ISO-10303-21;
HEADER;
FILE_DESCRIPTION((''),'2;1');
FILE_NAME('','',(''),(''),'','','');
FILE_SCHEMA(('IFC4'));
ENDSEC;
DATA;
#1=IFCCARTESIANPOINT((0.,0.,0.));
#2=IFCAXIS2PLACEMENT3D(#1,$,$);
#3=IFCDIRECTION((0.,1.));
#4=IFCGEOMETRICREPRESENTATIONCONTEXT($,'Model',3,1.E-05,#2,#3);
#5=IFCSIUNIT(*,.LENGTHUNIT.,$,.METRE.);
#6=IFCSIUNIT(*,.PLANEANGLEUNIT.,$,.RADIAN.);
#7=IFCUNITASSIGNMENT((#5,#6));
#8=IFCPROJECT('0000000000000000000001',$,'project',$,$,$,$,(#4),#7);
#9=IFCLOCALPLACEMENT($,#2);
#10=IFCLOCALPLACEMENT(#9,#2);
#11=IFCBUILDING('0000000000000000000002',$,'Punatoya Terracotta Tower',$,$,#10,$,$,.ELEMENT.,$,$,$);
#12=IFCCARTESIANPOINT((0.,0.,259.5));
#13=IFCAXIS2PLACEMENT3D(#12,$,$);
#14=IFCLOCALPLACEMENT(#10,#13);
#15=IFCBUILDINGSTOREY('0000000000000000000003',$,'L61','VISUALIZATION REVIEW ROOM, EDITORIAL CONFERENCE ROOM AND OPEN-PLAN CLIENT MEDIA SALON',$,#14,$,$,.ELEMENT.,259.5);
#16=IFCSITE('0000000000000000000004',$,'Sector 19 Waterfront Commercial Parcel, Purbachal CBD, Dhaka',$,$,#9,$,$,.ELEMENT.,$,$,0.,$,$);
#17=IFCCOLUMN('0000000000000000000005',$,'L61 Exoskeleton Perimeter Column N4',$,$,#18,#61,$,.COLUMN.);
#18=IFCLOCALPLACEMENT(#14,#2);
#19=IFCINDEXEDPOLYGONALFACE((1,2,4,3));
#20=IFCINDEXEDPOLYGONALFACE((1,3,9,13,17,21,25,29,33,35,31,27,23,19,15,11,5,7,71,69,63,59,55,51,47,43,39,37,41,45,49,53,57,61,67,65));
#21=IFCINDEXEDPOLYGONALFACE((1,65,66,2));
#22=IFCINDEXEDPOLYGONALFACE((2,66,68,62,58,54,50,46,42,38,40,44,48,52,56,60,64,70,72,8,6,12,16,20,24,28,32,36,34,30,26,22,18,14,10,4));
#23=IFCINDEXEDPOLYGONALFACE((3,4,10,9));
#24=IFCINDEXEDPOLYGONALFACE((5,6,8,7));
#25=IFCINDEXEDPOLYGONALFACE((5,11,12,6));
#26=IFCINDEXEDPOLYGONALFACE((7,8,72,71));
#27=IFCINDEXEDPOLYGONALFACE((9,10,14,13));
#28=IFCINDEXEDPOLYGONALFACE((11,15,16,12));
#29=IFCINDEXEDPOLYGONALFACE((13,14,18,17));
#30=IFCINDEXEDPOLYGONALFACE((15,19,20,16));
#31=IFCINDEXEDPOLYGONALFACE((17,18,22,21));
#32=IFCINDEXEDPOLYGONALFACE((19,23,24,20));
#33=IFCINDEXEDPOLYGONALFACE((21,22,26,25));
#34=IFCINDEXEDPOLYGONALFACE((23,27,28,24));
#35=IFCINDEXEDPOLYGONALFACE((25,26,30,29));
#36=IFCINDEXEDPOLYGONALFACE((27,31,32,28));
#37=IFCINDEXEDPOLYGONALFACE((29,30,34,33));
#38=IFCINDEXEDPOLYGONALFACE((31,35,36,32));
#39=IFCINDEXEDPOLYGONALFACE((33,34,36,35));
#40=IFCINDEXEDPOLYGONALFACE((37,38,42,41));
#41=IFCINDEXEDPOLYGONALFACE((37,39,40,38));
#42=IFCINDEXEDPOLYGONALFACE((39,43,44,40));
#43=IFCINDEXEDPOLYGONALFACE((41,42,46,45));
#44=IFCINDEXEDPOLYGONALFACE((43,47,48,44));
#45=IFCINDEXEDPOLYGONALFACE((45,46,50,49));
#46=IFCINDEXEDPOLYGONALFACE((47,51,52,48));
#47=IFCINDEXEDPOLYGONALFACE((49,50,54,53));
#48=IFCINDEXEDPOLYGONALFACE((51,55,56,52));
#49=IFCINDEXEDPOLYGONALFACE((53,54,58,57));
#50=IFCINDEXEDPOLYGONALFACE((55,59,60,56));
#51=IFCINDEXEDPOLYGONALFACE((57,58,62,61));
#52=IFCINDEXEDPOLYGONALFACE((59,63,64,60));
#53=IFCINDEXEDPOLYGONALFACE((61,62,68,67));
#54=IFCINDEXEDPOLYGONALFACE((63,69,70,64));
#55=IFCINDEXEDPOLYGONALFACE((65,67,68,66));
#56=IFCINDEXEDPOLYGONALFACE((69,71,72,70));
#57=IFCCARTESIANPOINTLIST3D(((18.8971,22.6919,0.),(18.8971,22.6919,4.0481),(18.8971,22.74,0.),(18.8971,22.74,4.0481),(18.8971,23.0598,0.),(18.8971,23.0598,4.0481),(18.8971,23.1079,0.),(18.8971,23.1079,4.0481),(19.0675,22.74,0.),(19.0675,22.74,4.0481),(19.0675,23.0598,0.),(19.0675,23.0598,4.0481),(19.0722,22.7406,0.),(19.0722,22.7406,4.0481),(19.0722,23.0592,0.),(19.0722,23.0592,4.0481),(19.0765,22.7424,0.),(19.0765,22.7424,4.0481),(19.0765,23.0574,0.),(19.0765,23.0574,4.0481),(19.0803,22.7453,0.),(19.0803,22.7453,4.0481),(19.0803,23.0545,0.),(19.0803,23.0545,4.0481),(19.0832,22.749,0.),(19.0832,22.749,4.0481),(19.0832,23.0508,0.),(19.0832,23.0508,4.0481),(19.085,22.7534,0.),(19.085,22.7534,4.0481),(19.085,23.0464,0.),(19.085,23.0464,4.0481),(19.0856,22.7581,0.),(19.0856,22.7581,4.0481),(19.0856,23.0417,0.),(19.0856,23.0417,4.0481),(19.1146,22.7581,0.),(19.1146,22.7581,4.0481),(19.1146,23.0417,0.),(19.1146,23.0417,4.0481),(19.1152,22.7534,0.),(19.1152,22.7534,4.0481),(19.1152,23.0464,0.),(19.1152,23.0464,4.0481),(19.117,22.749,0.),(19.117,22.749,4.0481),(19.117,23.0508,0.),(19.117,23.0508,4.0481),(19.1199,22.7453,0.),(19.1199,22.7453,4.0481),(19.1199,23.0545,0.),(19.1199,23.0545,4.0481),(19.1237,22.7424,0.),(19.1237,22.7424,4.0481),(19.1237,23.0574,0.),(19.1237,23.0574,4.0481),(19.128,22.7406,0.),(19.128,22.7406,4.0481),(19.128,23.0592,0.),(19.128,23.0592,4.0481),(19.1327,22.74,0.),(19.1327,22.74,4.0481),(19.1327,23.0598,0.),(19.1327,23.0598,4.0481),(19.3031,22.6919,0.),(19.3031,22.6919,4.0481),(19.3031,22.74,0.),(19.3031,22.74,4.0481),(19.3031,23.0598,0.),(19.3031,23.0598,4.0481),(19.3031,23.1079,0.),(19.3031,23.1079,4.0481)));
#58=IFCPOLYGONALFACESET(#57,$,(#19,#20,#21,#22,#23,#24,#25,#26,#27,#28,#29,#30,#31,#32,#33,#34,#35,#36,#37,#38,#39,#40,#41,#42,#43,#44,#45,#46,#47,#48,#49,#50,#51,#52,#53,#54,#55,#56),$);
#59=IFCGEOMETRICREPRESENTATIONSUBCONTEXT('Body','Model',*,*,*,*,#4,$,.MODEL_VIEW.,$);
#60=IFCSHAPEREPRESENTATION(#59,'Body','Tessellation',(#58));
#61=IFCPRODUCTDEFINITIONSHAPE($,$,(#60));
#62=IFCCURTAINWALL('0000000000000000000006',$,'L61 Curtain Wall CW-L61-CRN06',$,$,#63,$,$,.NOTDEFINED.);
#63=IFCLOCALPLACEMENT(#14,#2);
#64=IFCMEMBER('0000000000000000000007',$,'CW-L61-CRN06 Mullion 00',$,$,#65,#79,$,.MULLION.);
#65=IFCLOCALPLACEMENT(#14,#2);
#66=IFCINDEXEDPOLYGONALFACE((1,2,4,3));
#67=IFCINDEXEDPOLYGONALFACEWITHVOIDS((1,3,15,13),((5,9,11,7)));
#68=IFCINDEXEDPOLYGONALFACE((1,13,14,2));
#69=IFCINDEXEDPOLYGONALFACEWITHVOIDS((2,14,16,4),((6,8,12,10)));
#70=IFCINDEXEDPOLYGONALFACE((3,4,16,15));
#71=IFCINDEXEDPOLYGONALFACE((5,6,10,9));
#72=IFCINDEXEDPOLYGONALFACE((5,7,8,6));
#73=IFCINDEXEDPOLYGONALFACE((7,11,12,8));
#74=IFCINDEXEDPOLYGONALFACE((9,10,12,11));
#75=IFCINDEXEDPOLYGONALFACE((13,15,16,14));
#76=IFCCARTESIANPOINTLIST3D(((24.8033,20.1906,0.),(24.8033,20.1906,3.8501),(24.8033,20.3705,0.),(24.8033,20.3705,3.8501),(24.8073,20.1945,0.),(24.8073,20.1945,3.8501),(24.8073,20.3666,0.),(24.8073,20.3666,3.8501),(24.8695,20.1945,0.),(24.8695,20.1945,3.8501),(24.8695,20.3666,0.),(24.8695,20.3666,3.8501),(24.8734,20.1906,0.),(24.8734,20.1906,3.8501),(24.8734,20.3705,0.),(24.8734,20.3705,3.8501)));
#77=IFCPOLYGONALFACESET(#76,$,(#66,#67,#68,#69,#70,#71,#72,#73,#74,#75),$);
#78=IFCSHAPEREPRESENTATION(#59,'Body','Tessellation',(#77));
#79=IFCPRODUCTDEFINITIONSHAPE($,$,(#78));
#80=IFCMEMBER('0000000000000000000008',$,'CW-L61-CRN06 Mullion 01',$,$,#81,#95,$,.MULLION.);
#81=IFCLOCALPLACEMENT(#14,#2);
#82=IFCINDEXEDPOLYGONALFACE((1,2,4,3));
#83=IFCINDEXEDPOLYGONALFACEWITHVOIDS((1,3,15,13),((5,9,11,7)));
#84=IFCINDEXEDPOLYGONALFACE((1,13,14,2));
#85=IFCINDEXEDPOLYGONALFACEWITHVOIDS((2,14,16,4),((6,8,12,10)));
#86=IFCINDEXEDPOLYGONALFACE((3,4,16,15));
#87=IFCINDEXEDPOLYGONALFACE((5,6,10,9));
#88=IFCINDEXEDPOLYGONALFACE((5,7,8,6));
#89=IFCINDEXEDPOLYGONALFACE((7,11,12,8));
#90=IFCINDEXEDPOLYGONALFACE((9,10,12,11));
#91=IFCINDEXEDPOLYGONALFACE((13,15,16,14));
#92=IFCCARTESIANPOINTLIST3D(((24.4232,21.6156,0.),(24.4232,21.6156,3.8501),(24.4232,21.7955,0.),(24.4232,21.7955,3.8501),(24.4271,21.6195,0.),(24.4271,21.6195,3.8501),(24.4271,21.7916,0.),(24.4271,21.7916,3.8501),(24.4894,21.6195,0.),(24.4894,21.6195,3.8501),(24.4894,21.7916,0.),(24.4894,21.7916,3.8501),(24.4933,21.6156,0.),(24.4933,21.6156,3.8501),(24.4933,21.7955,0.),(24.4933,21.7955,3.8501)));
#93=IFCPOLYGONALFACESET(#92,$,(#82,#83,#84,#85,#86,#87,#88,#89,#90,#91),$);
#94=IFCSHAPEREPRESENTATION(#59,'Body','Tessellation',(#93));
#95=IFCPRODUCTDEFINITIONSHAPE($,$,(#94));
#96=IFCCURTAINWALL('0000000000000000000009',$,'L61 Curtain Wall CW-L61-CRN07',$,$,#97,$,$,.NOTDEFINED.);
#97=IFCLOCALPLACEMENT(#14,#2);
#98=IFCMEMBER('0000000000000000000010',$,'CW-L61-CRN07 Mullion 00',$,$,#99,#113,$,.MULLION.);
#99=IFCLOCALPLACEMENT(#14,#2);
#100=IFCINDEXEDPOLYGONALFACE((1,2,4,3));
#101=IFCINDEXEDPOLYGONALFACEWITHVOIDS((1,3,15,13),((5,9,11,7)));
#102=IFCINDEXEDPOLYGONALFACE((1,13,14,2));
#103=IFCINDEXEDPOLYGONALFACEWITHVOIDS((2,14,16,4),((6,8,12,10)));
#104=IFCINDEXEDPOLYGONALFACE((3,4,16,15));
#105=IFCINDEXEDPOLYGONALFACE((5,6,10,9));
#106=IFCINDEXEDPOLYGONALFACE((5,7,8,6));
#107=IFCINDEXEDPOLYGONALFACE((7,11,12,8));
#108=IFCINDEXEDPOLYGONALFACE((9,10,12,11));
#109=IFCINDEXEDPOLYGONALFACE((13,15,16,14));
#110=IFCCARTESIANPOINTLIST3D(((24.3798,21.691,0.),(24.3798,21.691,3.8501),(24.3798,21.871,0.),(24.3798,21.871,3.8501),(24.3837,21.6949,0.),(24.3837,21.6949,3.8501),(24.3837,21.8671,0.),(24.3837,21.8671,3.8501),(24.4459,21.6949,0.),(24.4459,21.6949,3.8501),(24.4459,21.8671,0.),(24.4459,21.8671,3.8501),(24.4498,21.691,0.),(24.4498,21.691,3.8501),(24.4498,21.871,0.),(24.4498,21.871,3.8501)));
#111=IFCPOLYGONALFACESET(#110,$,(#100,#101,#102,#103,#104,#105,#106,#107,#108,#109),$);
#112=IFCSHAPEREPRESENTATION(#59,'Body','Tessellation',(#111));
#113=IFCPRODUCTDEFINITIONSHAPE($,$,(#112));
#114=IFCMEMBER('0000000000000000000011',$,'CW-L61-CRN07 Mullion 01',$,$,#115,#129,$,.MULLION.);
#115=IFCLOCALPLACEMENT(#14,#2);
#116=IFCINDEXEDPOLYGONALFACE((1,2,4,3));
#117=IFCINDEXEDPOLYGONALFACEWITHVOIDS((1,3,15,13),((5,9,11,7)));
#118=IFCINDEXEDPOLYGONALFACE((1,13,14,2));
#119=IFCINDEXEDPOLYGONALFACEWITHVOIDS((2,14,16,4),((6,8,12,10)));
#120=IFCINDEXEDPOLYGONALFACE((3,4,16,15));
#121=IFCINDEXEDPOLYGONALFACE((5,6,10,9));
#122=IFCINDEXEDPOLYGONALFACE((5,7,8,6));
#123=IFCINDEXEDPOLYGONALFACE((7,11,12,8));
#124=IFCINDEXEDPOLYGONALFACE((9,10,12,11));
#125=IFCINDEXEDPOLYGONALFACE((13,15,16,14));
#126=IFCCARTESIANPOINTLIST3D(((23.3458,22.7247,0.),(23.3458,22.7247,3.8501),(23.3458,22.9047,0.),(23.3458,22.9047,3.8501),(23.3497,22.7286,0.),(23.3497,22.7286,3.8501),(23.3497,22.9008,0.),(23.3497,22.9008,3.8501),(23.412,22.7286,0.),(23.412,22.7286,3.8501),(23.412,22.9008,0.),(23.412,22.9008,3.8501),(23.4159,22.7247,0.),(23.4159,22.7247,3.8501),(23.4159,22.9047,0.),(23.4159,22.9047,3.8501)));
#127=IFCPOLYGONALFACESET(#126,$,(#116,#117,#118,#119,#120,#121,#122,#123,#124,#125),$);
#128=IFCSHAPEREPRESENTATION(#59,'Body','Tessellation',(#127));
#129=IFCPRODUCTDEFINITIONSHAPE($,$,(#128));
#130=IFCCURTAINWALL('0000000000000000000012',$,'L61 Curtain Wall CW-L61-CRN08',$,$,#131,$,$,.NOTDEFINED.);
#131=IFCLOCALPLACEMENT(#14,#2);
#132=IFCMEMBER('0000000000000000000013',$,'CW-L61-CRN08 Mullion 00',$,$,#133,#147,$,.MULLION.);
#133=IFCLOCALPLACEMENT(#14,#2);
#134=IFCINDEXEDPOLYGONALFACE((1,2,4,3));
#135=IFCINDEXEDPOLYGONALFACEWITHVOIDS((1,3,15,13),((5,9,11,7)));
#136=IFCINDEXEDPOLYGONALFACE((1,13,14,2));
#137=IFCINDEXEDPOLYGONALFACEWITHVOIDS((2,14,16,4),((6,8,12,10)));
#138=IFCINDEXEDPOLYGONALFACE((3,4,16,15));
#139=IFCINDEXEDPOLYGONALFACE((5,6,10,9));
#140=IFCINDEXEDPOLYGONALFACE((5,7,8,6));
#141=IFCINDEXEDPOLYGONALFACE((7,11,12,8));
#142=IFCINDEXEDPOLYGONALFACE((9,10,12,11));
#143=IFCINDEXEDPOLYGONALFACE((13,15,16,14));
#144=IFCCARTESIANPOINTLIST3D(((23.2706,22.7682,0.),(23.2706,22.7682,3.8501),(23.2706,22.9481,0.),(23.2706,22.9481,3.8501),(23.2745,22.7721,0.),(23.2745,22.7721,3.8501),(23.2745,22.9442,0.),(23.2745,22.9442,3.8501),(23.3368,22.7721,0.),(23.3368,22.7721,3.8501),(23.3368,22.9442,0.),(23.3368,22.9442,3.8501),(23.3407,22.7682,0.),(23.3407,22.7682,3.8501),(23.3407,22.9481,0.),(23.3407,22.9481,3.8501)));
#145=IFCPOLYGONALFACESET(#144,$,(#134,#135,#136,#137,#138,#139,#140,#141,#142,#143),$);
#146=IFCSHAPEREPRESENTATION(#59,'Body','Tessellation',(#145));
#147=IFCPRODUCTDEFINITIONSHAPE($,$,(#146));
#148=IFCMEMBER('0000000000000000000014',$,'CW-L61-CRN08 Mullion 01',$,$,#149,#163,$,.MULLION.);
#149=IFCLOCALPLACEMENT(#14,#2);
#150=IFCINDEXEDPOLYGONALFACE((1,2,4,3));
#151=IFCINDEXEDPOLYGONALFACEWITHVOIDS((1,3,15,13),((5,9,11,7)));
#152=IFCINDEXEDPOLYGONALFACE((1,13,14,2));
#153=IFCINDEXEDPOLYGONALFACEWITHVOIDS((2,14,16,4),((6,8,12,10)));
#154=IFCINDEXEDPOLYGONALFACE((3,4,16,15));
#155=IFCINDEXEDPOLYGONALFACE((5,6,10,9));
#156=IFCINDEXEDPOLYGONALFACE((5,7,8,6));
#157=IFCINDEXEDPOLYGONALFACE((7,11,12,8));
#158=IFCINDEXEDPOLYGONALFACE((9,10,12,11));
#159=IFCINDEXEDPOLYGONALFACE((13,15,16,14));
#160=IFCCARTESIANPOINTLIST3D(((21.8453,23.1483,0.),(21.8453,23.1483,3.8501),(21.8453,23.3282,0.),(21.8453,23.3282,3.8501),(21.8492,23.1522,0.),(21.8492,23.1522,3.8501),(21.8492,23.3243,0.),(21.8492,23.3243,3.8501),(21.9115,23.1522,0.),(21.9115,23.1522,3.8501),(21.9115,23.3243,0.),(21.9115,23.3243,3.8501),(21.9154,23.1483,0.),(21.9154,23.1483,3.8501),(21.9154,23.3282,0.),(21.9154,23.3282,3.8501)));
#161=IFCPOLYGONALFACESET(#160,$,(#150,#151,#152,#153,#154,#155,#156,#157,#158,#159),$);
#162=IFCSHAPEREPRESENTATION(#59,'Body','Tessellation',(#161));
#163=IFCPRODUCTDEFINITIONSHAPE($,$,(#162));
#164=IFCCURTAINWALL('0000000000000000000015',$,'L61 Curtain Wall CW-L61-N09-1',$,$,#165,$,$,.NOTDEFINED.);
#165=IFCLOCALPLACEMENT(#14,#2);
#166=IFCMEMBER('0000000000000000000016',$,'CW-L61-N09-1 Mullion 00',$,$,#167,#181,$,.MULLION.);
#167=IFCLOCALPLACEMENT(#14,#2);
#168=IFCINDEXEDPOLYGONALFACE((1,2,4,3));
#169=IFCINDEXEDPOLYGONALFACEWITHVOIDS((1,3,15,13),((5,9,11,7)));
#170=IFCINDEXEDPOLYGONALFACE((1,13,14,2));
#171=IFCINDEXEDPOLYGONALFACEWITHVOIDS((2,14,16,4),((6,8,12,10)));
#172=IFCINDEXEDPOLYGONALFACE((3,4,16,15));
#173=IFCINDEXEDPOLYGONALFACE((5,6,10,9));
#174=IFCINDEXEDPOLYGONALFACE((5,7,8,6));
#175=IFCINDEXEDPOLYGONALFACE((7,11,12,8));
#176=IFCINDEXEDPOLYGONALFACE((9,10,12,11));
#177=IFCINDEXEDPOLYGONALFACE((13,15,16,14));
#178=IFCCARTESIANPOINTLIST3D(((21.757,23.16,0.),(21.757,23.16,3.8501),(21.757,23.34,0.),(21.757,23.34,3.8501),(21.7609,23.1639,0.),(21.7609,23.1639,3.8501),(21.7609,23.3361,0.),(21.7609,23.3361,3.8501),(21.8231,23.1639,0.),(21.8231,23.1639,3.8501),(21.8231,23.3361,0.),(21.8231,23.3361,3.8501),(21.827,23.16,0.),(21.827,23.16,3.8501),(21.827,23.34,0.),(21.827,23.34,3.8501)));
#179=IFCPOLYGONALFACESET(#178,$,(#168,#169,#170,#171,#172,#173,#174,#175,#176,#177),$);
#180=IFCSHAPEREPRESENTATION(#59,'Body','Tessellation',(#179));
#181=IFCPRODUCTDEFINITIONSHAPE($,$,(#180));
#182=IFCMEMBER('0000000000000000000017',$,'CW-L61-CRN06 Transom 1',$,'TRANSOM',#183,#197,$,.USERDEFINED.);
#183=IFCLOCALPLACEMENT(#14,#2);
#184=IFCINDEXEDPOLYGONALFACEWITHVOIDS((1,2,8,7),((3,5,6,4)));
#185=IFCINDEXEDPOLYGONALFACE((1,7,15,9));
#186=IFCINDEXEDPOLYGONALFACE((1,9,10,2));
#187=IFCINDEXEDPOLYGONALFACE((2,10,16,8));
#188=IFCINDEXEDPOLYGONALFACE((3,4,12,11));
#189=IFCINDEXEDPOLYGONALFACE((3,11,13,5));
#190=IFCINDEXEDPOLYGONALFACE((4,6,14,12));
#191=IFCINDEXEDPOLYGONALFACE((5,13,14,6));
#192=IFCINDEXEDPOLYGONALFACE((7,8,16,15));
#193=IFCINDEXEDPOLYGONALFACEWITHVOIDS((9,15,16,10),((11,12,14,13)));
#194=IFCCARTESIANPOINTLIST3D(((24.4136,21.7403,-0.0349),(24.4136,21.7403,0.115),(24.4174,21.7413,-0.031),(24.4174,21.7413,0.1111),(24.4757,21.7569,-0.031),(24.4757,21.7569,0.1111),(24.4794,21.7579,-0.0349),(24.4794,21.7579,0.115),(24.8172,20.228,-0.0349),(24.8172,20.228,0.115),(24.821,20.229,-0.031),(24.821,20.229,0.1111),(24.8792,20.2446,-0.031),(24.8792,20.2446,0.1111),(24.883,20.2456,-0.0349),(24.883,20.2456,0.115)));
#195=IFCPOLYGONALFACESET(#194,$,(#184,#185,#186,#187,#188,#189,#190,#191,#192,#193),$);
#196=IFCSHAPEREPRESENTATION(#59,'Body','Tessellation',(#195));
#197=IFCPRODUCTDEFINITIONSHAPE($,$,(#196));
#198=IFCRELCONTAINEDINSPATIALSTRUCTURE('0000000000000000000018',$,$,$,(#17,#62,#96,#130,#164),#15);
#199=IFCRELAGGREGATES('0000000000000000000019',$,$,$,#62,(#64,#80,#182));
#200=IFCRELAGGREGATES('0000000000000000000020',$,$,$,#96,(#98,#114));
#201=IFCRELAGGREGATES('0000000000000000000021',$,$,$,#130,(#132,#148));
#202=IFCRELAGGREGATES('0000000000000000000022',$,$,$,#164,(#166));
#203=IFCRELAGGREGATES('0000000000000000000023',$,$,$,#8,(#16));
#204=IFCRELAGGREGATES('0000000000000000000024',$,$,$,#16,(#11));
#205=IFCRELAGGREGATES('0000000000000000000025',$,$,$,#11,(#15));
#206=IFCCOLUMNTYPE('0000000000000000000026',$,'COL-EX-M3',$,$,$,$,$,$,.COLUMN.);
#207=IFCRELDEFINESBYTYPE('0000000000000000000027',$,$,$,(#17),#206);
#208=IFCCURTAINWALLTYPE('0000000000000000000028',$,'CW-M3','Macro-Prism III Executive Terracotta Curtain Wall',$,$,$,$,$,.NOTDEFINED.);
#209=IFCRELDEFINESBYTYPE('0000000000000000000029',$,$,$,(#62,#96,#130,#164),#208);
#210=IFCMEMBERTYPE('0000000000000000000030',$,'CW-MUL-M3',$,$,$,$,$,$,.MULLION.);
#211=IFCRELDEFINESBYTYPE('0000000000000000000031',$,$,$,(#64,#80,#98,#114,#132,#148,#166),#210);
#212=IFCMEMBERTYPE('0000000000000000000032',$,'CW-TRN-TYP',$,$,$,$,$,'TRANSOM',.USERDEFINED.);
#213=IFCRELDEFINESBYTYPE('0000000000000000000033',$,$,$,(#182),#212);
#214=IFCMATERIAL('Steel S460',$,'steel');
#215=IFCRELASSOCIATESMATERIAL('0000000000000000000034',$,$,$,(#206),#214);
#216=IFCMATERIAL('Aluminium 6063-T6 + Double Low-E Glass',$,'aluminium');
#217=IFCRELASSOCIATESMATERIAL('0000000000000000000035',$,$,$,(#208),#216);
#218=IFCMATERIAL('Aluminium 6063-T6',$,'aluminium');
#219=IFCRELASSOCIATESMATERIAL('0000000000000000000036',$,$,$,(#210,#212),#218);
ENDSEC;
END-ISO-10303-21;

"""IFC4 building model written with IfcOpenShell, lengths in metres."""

from ifc_helpers import new_model, si_unit, direction, frame, origin, origin_2d, place, context, subcontext, project, spatial, hollow_rectangle, i_section, extrude, material, material_profile, profile_set, type_object, element, aggregate, save


model = new_model("IFC4")

# Units and contexts
model_context = context("Model", 3, precision=1e-05, world=origin(), true_north=direction((0.0, 1.0)))
body_context = subcontext(model_context, "Body", "Model", "MODEL_VIEW")
ifc_project = project(units=[si_unit("LENGTHUNIT", "METRE"), si_unit("PLANEANGLEUNIT", "RADIAN")], contexts=[model_context])

# Site, building, storey
site_placement = place(None, origin())
site = spatial("IfcSite", under=ifc_project, at=site_placement, Name="Sector 19 Waterfront Commercial Parcel, Purbachal CBD, Dhaka", CompositionType="ELEMENT", RefElevation=0.0)
building_placement = place(site_placement, origin())
building = spatial("IfcBuilding", under=site, at=building_placement, Name="Punatoya Terracotta Tower", CompositionType="ELEMENT")
storey_placement = place(building_placement, frame((0.0, 0.0, 259.5)))
storey = spatial("IfcBuildingStorey", under=building, at=storey_placement, Name="L61", Description="VISUALIZATION REVIEW ROOM, EDITORIAL CONFERENCE ROOM AND OPEN-PLAN CLIENT MEDIA SALON", CompositionType="ELEMENT", Elevation=259.5)

# Column
ifc_material_1 = material(Name="Steel S460", Category="steel")
ifc_material_profile_1 = material_profile(ifc_material_1, i_section(OverallWidth=0.406, OverallDepth=0.416, WebThickness=0.0291, FlangeThickness=0.0481, FilletRadius=0.0181, at=origin_2d()))
ifc_profile_set_1 = profile_set([ifc_material_profile_1], Name="Steel S460")
column_type = type_object("IfcColumnType", Name="COL-EX-M3", PredefinedType="COLUMN", material=ifc_profile_set_1)
column_placement = place(storey_placement, frame((19.1001, 22.8999, 0.0), z_axis=(0.0, 0.0, 1.0), x_axis=(1.0, 0.0, 0.0)))
element("IfcColumn", 1, at=column_placement, inside=storey, type_object=column_type, Name="L61 Exoskeleton Perimeter Column N4", PredefinedType="COLUMN", context=body_context, shape_type="SweptSolid", body=[
    extrude(i_section(OverallWidth=0.406, OverallDepth=0.416, WebThickness=0.0291, FlangeThickness=0.0481, FilletRadius=0.0181, at=origin_2d()), origin(), (0.0, 0.0, 1.0), 4.0481),
])

# Curtain walls, members
ifc_material_2 = material(Name="Aluminium 6063-T6 + Double Low-E Glass", Category="aluminium")
curtain_wall_type = type_object("IfcCurtainWallType", Name="CW-M3", Description="Macro-Prism III Executive Terracotta Curtain Wall", PredefinedType="NOTDEFINED", material=ifc_material_2)
curtain_wall_1_placement = place(storey_placement, origin())
curtain_wall_1 = element("IfcCurtainWall", 2, at=curtain_wall_1_placement, inside=storey, type_object=curtain_wall_type, Name="L61 Curtain Wall CW-L61-CRN06", PredefinedType="NOTDEFINED")
ifc_material_3 = material(Name="Aluminium 6063-T6", Category="aluminium")
ifc_material_profile_2 = material_profile(ifc_material_3, hollow_rectangle(XDim=0.0701, YDim=0.1799, WallThickness=0.0039, at=origin_2d()))
ifc_profile_set_2 = profile_set([ifc_material_profile_2], Name="Aluminium 6063-T6")
member_type_1 = type_object("IfcMemberType", Name="CW-MUL-M3", PredefinedType="MULLION", material=ifc_profile_set_2)
member_1_placement = place(storey_placement, frame((24.8384, 20.2805, 0.0), z_axis=(0.0, 0.0, 1.0), x_axis=(1.0, 0.0, 0.0)))
member_1 = element("IfcMember", 3, at=member_1_placement, type_object=member_type_1, Name="CW-L61-CRN06 Mullion 00", PredefinedType="MULLION", context=body_context, shape_type="SweptSolid", body=[
    extrude(hollow_rectangle(XDim=0.0701, YDim=0.1799, WallThickness=0.0039, at=origin_2d()), origin(), (0.0, 0.0, 1.0), 3.8501),
])
member_2_placement = place(storey_placement, frame((24.4583, 21.7056, 0.0), z_axis=(0.0, 0.0, 1.0), x_axis=(1.0, 0.0, 0.0)))
member_2 = element("IfcMember", 4, at=member_2_placement, type_object=member_type_1, Name="CW-L61-CRN06 Mullion 01", PredefinedType="MULLION", context=body_context, shape_type="SweptSolid", body=[
    extrude(hollow_rectangle(XDim=0.0701, YDim=0.1799, WallThickness=0.0039, at=origin_2d()), origin(), (0.0, 0.0, 1.0), 3.8501),
])
curtain_wall_2_placement = place(storey_placement, origin())
curtain_wall_2 = element("IfcCurtainWall", 5, at=curtain_wall_2_placement, inside=storey, type_object=curtain_wall_type, Name="L61 Curtain Wall CW-L61-CRN07", PredefinedType="NOTDEFINED")
member_3_placement = place(storey_placement, frame((24.4148, 21.781, 0.0), z_axis=(0.0, 0.0, 1.0), x_axis=(1.0, 0.0, 0.0)))
member_3 = element("IfcMember", 6, at=member_3_placement, type_object=member_type_1, Name="CW-L61-CRN07 Mullion 00", PredefinedType="MULLION", context=body_context, shape_type="SweptSolid", body=[
    extrude(hollow_rectangle(XDim=0.0701, YDim=0.1799, WallThickness=0.0039, at=origin_2d()), origin(), (0.0, 0.0, 1.0), 3.8501),
])
member_4_placement = place(storey_placement, frame((23.3809, 22.8147, 0.0), z_axis=(0.0, 0.0, 1.0), x_axis=(1.0, 0.0, 0.0)))
member_4 = element("IfcMember", 7, at=member_4_placement, type_object=member_type_1, Name="CW-L61-CRN07 Mullion 01", PredefinedType="MULLION", context=body_context, shape_type="SweptSolid", body=[
    extrude(hollow_rectangle(XDim=0.0701, YDim=0.1799, WallThickness=0.0039, at=origin_2d()), origin(), (0.0, 0.0, 1.0), 3.8501),
])
curtain_wall_3_placement = place(storey_placement, origin())
curtain_wall_3 = element("IfcCurtainWall", 8, at=curtain_wall_3_placement, inside=storey, type_object=curtain_wall_type, Name="L61 Curtain Wall CW-L61-CRN08", PredefinedType="NOTDEFINED")
member_5_placement = place(storey_placement, frame((23.3057, 22.8582, 0.0), z_axis=(0.0, 0.0, 1.0), x_axis=(1.0, 0.0, 0.0)))
member_5 = element("IfcMember", 9, at=member_5_placement, type_object=member_type_1, Name="CW-L61-CRN08 Mullion 00", PredefinedType="MULLION", context=body_context, shape_type="SweptSolid", body=[
    extrude(hollow_rectangle(XDim=0.0701, YDim=0.1799, WallThickness=0.0039, at=origin_2d()), origin(), (0.0, 0.0, 1.0), 3.8501),
])
member_6_placement = place(storey_placement, frame((21.8804, 23.2383, 0.0), z_axis=(0.0, 0.0, 1.0), x_axis=(1.0, 0.0, 0.0)))
member_6 = element("IfcMember", 10, at=member_6_placement, type_object=member_type_1, Name="CW-L61-CRN08 Mullion 01", PredefinedType="MULLION", context=body_context, shape_type="SweptSolid", body=[
    extrude(hollow_rectangle(XDim=0.0701, YDim=0.1799, WallThickness=0.0039, at=origin_2d()), origin(), (0.0, 0.0, 1.0), 3.8501),
])

# Curtain wall, member
curtain_wall_4_placement = place(storey_placement, origin())
curtain_wall_4 = element("IfcCurtainWall", 11, at=curtain_wall_4_placement, inside=storey, type_object=curtain_wall_type, Name="L61 Curtain Wall CW-L61-N09-1", PredefinedType="NOTDEFINED")
member_7_placement = place(storey_placement, frame((21.792, 23.25, 0.0), z_axis=(0.0, 0.0, 1.0), x_axis=(1.0, 0.0, 0.0)))
member_7 = element("IfcMember", 12, at=member_7_placement, type_object=member_type_1, Name="CW-L61-N09-1 Mullion 00", PredefinedType="MULLION", context=body_context, shape_type="SweptSolid", body=[
    extrude(hollow_rectangle(XDim=0.0701, YDim=0.1799, WallThickness=0.0039, at=origin_2d()), origin(), (0.0, 0.0, 1.0), 3.8501),
])

# Member
ifc_material_profile_3 = material_profile(ifc_material_3, hollow_rectangle(XDim=0.0681, YDim=0.1499, WallThickness=0.0039, at=origin_2d()))
ifc_profile_set_3 = profile_set([ifc_material_profile_3], Name="Aluminium 6063-T6")
member_type_2 = type_object("IfcMemberType", Name="CW-TRN-TYP", ElementType="TRANSOM", PredefinedType="USERDEFINED", material=ifc_profile_set_3)
member_8_placement = place(storey_placement, frame((24.8501, 20.2368, 0.04), z_axis=(-0.257847, 0.966186, 0.0), x_axis=(-0.966186, -0.257847, 0.0)))
member_8 = element("IfcMember", 13, at=member_8_placement, type_object=member_type_2, Name="CW-L61-CRN06 Transom 1", ObjectType="TRANSOM", PredefinedType="USERDEFINED", context=body_context, shape_type="SweptSolid", body=[
    extrude(hollow_rectangle(XDim=0.0681, YDim=0.1499, WallThickness=0.0039, at=origin_2d()), origin(), (0.0, 0.0, 1.0), 1.5652),
])

aggregate(curtain_wall_1, [member_1, member_2, member_8])
aggregate(curtain_wall_2, [member_3, member_4])
aggregate(curtain_wall_3, [member_5, member_6])
aggregate(curtain_wall_4, [member_7])

save(model, "model.ifc")
